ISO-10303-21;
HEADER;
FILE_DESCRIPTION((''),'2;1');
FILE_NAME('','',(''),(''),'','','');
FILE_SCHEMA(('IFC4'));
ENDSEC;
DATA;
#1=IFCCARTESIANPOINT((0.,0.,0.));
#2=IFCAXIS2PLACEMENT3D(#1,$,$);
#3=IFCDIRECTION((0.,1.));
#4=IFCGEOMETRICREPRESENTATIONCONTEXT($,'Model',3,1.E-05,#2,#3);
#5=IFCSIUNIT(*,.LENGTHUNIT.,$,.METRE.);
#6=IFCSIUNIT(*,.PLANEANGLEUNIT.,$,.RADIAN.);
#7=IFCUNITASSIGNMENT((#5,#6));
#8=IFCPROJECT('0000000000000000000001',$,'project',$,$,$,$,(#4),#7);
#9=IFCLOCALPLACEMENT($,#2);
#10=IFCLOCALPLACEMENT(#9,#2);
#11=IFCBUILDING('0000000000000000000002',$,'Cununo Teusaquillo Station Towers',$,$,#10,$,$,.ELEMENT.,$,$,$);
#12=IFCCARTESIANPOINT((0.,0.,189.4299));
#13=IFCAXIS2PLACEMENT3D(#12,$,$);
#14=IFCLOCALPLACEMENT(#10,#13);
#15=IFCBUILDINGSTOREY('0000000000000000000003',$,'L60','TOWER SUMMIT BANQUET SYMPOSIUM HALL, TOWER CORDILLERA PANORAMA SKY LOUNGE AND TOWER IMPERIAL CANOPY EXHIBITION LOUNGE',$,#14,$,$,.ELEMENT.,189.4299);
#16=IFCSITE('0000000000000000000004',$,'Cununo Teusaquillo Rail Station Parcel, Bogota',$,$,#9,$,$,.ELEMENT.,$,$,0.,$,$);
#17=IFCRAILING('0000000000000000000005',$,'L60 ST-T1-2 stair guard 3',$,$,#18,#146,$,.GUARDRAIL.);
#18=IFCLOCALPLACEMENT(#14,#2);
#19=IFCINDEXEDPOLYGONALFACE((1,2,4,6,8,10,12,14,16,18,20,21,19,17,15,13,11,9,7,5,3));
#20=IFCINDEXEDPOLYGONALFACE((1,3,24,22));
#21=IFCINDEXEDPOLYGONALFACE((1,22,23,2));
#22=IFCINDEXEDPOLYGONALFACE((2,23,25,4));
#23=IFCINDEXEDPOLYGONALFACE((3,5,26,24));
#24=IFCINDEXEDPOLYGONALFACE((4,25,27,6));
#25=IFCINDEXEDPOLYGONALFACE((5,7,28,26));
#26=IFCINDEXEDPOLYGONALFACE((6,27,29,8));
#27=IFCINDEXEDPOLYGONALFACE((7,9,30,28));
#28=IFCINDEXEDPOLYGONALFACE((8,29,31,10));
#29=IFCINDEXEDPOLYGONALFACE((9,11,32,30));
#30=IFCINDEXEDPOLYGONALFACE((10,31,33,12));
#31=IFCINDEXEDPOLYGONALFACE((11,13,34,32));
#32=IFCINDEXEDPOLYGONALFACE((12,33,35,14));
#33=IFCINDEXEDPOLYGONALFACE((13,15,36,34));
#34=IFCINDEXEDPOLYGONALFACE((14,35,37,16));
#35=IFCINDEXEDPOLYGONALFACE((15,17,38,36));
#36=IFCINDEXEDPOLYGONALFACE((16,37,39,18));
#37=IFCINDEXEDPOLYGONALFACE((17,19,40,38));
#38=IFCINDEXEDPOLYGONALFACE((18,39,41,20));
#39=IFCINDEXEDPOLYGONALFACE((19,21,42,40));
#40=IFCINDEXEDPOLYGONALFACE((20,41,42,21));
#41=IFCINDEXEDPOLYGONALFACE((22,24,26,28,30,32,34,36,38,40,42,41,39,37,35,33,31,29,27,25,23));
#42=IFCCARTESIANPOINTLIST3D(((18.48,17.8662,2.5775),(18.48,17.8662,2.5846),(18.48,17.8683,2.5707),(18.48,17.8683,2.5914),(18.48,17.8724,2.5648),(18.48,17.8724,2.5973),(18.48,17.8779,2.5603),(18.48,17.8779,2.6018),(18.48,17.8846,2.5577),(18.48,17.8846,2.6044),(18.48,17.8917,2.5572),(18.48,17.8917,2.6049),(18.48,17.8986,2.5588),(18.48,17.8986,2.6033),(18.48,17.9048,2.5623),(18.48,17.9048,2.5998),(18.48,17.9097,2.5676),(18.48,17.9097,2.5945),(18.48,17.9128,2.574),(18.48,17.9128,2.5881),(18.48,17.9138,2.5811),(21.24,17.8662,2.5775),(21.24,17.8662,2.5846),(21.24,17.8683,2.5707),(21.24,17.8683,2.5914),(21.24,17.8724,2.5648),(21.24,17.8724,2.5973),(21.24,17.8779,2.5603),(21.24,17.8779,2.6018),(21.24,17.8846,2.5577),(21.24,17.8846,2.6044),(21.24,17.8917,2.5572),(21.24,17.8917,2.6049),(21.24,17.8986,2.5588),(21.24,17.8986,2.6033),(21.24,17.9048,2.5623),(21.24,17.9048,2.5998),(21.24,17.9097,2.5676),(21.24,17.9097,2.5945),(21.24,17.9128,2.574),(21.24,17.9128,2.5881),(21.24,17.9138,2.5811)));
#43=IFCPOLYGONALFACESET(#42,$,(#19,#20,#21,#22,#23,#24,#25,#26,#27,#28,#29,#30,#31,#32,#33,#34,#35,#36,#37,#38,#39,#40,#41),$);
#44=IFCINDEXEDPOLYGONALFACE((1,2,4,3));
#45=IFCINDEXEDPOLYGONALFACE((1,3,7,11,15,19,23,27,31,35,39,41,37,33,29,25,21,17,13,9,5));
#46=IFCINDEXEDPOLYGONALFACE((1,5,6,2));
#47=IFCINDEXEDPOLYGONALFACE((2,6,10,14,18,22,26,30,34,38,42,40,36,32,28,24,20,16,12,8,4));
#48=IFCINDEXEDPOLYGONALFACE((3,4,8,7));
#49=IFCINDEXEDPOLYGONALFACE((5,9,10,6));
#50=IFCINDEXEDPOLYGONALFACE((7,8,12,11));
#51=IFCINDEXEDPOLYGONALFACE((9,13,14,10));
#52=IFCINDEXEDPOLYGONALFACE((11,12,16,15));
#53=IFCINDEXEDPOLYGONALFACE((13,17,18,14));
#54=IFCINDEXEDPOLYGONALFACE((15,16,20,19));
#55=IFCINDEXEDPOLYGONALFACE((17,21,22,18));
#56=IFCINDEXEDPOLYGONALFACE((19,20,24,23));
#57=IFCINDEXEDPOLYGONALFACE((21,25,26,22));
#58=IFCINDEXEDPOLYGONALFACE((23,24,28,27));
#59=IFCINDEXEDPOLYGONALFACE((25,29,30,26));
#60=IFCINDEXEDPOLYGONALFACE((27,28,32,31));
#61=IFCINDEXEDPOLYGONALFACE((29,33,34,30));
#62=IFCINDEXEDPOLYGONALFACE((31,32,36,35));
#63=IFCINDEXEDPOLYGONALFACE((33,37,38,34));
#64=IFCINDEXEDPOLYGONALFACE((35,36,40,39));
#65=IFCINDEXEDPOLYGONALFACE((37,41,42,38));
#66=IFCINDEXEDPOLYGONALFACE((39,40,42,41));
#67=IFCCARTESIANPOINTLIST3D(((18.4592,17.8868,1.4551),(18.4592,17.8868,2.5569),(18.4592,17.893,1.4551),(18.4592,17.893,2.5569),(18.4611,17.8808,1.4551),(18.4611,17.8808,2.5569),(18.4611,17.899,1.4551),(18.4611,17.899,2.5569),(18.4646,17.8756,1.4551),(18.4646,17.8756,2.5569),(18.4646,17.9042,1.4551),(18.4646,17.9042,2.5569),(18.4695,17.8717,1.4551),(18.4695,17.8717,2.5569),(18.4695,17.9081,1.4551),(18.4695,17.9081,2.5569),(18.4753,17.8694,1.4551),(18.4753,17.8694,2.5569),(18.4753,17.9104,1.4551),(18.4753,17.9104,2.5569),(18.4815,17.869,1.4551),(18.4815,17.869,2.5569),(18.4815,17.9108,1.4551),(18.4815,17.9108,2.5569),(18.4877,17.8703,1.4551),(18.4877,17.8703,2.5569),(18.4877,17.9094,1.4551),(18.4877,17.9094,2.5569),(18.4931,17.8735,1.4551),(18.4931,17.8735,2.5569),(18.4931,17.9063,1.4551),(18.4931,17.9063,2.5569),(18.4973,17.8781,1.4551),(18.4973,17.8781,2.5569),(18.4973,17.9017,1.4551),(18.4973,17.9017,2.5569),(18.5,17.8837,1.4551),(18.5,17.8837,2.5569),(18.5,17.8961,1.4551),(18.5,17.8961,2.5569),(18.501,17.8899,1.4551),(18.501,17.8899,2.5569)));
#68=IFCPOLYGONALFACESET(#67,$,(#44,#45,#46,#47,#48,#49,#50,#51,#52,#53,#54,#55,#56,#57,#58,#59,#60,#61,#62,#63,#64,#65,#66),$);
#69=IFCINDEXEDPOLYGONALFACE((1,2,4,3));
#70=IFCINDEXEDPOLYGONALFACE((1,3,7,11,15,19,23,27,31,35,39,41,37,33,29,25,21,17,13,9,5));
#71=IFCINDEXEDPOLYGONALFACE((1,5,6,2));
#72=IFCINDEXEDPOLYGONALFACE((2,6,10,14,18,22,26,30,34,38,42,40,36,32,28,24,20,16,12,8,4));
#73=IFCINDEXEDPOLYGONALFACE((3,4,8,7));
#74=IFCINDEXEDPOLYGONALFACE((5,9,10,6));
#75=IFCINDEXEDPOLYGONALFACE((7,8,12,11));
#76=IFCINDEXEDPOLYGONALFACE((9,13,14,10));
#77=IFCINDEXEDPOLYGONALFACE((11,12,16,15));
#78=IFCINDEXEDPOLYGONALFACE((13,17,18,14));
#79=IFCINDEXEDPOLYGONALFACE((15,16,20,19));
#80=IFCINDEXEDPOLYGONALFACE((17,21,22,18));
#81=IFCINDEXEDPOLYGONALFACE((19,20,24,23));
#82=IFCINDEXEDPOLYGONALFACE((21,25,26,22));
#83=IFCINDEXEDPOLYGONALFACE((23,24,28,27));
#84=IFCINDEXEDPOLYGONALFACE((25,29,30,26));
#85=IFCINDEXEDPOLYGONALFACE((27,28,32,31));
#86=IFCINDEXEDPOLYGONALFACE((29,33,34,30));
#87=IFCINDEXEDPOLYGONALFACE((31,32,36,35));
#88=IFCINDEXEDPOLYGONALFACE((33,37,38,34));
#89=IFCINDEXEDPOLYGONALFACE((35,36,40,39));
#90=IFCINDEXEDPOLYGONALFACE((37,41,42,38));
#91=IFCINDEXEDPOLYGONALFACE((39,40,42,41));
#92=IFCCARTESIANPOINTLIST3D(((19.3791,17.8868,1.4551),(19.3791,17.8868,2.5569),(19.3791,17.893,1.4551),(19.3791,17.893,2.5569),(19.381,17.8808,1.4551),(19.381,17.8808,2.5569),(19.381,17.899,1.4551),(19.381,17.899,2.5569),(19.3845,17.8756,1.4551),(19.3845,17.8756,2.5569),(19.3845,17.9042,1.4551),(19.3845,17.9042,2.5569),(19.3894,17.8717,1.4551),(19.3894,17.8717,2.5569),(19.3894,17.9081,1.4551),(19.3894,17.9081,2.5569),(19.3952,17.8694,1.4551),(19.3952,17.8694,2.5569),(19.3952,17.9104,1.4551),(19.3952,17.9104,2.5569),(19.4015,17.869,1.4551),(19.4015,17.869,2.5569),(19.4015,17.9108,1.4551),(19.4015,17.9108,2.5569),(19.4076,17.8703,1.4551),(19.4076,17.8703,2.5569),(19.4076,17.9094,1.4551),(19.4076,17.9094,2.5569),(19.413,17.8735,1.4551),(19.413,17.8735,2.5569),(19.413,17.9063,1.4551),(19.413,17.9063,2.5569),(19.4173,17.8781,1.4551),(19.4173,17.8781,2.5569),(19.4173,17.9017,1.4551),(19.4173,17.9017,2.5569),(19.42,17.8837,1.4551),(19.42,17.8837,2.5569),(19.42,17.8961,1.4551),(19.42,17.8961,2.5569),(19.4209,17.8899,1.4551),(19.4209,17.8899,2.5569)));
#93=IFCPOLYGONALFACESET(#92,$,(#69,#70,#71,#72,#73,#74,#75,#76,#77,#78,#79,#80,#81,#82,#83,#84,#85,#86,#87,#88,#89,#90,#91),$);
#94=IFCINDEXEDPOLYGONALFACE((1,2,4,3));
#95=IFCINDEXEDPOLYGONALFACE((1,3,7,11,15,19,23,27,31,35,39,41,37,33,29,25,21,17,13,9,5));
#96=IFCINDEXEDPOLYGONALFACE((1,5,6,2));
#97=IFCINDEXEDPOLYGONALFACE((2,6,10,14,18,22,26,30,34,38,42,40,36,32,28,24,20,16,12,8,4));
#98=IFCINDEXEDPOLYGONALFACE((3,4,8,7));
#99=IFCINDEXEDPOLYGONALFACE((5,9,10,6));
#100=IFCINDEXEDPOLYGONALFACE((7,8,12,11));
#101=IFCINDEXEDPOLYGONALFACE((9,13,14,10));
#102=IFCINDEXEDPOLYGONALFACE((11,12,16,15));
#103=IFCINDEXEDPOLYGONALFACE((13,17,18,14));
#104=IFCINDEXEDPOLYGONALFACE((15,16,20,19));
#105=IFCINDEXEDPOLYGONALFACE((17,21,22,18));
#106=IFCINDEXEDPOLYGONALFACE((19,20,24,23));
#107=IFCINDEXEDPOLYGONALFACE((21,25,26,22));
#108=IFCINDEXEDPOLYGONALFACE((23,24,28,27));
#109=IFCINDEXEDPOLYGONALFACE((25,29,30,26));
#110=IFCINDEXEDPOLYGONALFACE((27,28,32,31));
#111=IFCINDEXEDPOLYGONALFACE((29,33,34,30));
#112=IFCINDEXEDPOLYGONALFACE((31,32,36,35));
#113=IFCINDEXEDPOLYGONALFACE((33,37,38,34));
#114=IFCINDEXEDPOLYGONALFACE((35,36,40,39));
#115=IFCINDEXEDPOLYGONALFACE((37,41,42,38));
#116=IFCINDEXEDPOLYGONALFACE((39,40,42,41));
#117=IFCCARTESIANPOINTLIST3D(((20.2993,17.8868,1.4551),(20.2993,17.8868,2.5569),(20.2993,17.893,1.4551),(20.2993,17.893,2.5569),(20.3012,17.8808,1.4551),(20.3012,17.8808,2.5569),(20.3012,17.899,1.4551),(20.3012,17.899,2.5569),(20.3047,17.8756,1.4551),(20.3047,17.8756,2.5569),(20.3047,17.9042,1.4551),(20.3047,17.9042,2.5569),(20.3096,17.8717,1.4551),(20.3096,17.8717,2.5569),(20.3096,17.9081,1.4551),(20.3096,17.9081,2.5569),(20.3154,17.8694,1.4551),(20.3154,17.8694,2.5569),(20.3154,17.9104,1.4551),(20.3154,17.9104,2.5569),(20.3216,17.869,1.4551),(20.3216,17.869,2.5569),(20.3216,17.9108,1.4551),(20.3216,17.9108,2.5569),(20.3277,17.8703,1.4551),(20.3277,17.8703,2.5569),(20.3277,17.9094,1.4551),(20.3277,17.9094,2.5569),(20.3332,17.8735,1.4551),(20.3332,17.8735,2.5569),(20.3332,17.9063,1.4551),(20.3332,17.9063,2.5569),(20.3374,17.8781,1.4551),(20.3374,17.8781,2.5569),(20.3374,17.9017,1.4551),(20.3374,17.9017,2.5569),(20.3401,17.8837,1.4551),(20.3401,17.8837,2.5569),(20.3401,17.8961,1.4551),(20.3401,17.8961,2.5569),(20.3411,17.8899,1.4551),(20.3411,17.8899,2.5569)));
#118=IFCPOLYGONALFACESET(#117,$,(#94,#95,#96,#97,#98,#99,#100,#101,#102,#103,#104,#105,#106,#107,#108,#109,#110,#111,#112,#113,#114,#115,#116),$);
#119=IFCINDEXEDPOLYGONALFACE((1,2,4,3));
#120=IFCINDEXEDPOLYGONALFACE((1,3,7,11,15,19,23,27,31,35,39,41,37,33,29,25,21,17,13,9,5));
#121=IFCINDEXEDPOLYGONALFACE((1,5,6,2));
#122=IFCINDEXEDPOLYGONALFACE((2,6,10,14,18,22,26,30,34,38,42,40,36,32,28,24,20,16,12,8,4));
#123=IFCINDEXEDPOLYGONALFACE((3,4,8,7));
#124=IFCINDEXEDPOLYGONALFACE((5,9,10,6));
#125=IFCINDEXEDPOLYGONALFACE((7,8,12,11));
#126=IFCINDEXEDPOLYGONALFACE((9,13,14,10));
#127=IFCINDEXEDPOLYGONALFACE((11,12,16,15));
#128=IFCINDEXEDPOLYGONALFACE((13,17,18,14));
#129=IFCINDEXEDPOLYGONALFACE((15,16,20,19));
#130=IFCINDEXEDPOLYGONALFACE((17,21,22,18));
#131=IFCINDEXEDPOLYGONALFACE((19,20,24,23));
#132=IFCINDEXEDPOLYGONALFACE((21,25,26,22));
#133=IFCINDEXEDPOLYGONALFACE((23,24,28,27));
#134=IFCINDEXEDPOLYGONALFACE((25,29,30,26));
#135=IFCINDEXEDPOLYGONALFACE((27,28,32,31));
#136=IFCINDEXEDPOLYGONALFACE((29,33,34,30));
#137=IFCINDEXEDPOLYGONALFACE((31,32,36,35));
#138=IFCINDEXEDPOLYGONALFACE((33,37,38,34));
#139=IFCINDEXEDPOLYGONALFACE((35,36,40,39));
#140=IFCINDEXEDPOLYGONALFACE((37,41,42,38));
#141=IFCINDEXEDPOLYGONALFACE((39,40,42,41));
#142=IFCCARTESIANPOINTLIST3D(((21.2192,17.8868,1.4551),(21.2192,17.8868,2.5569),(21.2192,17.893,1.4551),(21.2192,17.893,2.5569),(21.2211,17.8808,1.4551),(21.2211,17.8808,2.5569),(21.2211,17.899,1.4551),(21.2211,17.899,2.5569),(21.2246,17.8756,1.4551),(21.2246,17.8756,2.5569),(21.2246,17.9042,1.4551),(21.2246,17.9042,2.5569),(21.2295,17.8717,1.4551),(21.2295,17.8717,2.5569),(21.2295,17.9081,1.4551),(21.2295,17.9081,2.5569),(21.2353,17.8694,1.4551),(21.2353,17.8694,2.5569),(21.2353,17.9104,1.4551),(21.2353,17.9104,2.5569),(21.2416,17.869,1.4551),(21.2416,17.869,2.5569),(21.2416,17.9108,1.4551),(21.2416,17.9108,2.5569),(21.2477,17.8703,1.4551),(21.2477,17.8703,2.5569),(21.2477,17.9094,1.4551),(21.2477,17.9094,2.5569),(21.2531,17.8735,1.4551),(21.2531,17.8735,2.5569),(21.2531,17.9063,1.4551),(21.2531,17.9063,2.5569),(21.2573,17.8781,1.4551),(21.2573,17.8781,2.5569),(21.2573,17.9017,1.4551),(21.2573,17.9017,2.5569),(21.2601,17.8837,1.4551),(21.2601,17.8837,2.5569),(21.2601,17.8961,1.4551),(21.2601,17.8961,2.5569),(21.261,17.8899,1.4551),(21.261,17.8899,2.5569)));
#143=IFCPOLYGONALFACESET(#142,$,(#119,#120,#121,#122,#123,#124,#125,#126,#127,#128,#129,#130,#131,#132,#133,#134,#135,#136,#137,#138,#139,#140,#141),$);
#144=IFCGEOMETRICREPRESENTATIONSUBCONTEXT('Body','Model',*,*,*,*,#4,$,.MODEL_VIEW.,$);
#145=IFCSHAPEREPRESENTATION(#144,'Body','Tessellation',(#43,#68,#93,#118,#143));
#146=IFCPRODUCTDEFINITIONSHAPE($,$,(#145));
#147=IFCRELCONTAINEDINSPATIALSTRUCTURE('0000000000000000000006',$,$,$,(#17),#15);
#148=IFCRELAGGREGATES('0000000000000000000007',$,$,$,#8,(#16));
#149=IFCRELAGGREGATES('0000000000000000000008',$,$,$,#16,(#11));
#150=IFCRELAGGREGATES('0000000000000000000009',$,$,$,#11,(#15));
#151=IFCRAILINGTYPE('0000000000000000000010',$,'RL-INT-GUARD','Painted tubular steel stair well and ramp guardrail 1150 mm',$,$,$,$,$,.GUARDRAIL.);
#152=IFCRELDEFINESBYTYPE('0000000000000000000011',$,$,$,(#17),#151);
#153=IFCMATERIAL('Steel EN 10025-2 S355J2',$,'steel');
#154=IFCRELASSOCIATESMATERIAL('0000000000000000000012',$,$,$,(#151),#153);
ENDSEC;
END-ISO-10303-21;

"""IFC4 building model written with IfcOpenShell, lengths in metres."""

from ifc_helpers import new_model, si_unit, direction, frame, origin, origin_2d, place, context, subcontext, project, spatial, circle, extrude, material, type_object, element, save


model = new_model("IFC4")

# Units and contexts
model_context = context("Model", 3, precision=1e-05, world=origin(), true_north=direction((0.0, 1.0)))
body_context = subcontext(model_context, "Body", "Model", "MODEL_VIEW")
ifc_project = project(units=[si_unit("LENGTHUNIT", "METRE"), si_unit("PLANEANGLEUNIT", "RADIAN")], contexts=[model_context])

# Site, building, storey
site_placement = place(None, origin())
site = spatial("IfcSite", under=ifc_project, at=site_placement, Name="Cununo Teusaquillo Rail Station Parcel, Bogota", CompositionType="ELEMENT", RefElevation=0.0)
building_placement = place(site_placement, origin())
building = spatial("IfcBuilding", under=site, at=building_placement, Name="Cununo Teusaquillo Station Towers", CompositionType="ELEMENT")
storey_placement = place(building_placement, frame((0.0, 0.0, 189.4299)))
storey = spatial("IfcBuildingStorey", under=building, at=storey_placement, Name="L60", Description="TOWER SUMMIT BANQUET SYMPOSIUM HALL, TOWER CORDILLERA PANORAMA SKY LOUNGE AND TOWER IMPERIAL CANOPY EXHIBITION LOUNGE", CompositionType="ELEMENT", Elevation=189.4299)

# Railing
ifc_material_1 = material(Name="Steel EN 10025-2 S355J2", Category="steel")
railing_type_1 = type_object("IfcRailingType", Name="RL-INT-GUARD", Description="Painted tubular steel stair well and ramp guardrail 1150 mm", PredefinedType="GUARDRAIL", material=ifc_material_1)
railing_1_placement = place(storey_placement, frame((18.48, 17.8899, 1.4551)))
element("IfcRailing", 1, at=railing_1_placement, inside=storey, type_object=railing_type_1, Name="L60 ST-T1-2 stair guard 3", PredefinedType="GUARDRAIL", context=body_context, shape_type="SweptSolid", body=[
    extrude(circle(Radius=0.0239, at=origin_2d()), frame((0.0, 0.0, 1.126), z_axis=(1.0, 0.0, 0.0), x_axis=(0.0, 1.0, 0.0)), (0.0, 0.0, 1.0), 2.76),
    extrude(circle(Radius=0.021, at=origin_2d()), origin(), (0.0, 0.0, 1.0), 1.1018),
    extrude(circle(Radius=0.021, at=origin_2d()), frame((0.9199, 0.0, 0.0)), (0.0, 0.0, 1.0), 1.1018),
    extrude(circle(Radius=0.021, at=origin_2d()), frame((1.8401, 0.0, 0.0)), (0.0, 0.0, 1.0), 1.1018),
    extrude(circle(Radius=0.021, at=origin_2d()), frame((2.76, 0.0, 0.0)), (0.0, 0.0, 1.0), 1.1018),
])

save(model, "model.ifc")
